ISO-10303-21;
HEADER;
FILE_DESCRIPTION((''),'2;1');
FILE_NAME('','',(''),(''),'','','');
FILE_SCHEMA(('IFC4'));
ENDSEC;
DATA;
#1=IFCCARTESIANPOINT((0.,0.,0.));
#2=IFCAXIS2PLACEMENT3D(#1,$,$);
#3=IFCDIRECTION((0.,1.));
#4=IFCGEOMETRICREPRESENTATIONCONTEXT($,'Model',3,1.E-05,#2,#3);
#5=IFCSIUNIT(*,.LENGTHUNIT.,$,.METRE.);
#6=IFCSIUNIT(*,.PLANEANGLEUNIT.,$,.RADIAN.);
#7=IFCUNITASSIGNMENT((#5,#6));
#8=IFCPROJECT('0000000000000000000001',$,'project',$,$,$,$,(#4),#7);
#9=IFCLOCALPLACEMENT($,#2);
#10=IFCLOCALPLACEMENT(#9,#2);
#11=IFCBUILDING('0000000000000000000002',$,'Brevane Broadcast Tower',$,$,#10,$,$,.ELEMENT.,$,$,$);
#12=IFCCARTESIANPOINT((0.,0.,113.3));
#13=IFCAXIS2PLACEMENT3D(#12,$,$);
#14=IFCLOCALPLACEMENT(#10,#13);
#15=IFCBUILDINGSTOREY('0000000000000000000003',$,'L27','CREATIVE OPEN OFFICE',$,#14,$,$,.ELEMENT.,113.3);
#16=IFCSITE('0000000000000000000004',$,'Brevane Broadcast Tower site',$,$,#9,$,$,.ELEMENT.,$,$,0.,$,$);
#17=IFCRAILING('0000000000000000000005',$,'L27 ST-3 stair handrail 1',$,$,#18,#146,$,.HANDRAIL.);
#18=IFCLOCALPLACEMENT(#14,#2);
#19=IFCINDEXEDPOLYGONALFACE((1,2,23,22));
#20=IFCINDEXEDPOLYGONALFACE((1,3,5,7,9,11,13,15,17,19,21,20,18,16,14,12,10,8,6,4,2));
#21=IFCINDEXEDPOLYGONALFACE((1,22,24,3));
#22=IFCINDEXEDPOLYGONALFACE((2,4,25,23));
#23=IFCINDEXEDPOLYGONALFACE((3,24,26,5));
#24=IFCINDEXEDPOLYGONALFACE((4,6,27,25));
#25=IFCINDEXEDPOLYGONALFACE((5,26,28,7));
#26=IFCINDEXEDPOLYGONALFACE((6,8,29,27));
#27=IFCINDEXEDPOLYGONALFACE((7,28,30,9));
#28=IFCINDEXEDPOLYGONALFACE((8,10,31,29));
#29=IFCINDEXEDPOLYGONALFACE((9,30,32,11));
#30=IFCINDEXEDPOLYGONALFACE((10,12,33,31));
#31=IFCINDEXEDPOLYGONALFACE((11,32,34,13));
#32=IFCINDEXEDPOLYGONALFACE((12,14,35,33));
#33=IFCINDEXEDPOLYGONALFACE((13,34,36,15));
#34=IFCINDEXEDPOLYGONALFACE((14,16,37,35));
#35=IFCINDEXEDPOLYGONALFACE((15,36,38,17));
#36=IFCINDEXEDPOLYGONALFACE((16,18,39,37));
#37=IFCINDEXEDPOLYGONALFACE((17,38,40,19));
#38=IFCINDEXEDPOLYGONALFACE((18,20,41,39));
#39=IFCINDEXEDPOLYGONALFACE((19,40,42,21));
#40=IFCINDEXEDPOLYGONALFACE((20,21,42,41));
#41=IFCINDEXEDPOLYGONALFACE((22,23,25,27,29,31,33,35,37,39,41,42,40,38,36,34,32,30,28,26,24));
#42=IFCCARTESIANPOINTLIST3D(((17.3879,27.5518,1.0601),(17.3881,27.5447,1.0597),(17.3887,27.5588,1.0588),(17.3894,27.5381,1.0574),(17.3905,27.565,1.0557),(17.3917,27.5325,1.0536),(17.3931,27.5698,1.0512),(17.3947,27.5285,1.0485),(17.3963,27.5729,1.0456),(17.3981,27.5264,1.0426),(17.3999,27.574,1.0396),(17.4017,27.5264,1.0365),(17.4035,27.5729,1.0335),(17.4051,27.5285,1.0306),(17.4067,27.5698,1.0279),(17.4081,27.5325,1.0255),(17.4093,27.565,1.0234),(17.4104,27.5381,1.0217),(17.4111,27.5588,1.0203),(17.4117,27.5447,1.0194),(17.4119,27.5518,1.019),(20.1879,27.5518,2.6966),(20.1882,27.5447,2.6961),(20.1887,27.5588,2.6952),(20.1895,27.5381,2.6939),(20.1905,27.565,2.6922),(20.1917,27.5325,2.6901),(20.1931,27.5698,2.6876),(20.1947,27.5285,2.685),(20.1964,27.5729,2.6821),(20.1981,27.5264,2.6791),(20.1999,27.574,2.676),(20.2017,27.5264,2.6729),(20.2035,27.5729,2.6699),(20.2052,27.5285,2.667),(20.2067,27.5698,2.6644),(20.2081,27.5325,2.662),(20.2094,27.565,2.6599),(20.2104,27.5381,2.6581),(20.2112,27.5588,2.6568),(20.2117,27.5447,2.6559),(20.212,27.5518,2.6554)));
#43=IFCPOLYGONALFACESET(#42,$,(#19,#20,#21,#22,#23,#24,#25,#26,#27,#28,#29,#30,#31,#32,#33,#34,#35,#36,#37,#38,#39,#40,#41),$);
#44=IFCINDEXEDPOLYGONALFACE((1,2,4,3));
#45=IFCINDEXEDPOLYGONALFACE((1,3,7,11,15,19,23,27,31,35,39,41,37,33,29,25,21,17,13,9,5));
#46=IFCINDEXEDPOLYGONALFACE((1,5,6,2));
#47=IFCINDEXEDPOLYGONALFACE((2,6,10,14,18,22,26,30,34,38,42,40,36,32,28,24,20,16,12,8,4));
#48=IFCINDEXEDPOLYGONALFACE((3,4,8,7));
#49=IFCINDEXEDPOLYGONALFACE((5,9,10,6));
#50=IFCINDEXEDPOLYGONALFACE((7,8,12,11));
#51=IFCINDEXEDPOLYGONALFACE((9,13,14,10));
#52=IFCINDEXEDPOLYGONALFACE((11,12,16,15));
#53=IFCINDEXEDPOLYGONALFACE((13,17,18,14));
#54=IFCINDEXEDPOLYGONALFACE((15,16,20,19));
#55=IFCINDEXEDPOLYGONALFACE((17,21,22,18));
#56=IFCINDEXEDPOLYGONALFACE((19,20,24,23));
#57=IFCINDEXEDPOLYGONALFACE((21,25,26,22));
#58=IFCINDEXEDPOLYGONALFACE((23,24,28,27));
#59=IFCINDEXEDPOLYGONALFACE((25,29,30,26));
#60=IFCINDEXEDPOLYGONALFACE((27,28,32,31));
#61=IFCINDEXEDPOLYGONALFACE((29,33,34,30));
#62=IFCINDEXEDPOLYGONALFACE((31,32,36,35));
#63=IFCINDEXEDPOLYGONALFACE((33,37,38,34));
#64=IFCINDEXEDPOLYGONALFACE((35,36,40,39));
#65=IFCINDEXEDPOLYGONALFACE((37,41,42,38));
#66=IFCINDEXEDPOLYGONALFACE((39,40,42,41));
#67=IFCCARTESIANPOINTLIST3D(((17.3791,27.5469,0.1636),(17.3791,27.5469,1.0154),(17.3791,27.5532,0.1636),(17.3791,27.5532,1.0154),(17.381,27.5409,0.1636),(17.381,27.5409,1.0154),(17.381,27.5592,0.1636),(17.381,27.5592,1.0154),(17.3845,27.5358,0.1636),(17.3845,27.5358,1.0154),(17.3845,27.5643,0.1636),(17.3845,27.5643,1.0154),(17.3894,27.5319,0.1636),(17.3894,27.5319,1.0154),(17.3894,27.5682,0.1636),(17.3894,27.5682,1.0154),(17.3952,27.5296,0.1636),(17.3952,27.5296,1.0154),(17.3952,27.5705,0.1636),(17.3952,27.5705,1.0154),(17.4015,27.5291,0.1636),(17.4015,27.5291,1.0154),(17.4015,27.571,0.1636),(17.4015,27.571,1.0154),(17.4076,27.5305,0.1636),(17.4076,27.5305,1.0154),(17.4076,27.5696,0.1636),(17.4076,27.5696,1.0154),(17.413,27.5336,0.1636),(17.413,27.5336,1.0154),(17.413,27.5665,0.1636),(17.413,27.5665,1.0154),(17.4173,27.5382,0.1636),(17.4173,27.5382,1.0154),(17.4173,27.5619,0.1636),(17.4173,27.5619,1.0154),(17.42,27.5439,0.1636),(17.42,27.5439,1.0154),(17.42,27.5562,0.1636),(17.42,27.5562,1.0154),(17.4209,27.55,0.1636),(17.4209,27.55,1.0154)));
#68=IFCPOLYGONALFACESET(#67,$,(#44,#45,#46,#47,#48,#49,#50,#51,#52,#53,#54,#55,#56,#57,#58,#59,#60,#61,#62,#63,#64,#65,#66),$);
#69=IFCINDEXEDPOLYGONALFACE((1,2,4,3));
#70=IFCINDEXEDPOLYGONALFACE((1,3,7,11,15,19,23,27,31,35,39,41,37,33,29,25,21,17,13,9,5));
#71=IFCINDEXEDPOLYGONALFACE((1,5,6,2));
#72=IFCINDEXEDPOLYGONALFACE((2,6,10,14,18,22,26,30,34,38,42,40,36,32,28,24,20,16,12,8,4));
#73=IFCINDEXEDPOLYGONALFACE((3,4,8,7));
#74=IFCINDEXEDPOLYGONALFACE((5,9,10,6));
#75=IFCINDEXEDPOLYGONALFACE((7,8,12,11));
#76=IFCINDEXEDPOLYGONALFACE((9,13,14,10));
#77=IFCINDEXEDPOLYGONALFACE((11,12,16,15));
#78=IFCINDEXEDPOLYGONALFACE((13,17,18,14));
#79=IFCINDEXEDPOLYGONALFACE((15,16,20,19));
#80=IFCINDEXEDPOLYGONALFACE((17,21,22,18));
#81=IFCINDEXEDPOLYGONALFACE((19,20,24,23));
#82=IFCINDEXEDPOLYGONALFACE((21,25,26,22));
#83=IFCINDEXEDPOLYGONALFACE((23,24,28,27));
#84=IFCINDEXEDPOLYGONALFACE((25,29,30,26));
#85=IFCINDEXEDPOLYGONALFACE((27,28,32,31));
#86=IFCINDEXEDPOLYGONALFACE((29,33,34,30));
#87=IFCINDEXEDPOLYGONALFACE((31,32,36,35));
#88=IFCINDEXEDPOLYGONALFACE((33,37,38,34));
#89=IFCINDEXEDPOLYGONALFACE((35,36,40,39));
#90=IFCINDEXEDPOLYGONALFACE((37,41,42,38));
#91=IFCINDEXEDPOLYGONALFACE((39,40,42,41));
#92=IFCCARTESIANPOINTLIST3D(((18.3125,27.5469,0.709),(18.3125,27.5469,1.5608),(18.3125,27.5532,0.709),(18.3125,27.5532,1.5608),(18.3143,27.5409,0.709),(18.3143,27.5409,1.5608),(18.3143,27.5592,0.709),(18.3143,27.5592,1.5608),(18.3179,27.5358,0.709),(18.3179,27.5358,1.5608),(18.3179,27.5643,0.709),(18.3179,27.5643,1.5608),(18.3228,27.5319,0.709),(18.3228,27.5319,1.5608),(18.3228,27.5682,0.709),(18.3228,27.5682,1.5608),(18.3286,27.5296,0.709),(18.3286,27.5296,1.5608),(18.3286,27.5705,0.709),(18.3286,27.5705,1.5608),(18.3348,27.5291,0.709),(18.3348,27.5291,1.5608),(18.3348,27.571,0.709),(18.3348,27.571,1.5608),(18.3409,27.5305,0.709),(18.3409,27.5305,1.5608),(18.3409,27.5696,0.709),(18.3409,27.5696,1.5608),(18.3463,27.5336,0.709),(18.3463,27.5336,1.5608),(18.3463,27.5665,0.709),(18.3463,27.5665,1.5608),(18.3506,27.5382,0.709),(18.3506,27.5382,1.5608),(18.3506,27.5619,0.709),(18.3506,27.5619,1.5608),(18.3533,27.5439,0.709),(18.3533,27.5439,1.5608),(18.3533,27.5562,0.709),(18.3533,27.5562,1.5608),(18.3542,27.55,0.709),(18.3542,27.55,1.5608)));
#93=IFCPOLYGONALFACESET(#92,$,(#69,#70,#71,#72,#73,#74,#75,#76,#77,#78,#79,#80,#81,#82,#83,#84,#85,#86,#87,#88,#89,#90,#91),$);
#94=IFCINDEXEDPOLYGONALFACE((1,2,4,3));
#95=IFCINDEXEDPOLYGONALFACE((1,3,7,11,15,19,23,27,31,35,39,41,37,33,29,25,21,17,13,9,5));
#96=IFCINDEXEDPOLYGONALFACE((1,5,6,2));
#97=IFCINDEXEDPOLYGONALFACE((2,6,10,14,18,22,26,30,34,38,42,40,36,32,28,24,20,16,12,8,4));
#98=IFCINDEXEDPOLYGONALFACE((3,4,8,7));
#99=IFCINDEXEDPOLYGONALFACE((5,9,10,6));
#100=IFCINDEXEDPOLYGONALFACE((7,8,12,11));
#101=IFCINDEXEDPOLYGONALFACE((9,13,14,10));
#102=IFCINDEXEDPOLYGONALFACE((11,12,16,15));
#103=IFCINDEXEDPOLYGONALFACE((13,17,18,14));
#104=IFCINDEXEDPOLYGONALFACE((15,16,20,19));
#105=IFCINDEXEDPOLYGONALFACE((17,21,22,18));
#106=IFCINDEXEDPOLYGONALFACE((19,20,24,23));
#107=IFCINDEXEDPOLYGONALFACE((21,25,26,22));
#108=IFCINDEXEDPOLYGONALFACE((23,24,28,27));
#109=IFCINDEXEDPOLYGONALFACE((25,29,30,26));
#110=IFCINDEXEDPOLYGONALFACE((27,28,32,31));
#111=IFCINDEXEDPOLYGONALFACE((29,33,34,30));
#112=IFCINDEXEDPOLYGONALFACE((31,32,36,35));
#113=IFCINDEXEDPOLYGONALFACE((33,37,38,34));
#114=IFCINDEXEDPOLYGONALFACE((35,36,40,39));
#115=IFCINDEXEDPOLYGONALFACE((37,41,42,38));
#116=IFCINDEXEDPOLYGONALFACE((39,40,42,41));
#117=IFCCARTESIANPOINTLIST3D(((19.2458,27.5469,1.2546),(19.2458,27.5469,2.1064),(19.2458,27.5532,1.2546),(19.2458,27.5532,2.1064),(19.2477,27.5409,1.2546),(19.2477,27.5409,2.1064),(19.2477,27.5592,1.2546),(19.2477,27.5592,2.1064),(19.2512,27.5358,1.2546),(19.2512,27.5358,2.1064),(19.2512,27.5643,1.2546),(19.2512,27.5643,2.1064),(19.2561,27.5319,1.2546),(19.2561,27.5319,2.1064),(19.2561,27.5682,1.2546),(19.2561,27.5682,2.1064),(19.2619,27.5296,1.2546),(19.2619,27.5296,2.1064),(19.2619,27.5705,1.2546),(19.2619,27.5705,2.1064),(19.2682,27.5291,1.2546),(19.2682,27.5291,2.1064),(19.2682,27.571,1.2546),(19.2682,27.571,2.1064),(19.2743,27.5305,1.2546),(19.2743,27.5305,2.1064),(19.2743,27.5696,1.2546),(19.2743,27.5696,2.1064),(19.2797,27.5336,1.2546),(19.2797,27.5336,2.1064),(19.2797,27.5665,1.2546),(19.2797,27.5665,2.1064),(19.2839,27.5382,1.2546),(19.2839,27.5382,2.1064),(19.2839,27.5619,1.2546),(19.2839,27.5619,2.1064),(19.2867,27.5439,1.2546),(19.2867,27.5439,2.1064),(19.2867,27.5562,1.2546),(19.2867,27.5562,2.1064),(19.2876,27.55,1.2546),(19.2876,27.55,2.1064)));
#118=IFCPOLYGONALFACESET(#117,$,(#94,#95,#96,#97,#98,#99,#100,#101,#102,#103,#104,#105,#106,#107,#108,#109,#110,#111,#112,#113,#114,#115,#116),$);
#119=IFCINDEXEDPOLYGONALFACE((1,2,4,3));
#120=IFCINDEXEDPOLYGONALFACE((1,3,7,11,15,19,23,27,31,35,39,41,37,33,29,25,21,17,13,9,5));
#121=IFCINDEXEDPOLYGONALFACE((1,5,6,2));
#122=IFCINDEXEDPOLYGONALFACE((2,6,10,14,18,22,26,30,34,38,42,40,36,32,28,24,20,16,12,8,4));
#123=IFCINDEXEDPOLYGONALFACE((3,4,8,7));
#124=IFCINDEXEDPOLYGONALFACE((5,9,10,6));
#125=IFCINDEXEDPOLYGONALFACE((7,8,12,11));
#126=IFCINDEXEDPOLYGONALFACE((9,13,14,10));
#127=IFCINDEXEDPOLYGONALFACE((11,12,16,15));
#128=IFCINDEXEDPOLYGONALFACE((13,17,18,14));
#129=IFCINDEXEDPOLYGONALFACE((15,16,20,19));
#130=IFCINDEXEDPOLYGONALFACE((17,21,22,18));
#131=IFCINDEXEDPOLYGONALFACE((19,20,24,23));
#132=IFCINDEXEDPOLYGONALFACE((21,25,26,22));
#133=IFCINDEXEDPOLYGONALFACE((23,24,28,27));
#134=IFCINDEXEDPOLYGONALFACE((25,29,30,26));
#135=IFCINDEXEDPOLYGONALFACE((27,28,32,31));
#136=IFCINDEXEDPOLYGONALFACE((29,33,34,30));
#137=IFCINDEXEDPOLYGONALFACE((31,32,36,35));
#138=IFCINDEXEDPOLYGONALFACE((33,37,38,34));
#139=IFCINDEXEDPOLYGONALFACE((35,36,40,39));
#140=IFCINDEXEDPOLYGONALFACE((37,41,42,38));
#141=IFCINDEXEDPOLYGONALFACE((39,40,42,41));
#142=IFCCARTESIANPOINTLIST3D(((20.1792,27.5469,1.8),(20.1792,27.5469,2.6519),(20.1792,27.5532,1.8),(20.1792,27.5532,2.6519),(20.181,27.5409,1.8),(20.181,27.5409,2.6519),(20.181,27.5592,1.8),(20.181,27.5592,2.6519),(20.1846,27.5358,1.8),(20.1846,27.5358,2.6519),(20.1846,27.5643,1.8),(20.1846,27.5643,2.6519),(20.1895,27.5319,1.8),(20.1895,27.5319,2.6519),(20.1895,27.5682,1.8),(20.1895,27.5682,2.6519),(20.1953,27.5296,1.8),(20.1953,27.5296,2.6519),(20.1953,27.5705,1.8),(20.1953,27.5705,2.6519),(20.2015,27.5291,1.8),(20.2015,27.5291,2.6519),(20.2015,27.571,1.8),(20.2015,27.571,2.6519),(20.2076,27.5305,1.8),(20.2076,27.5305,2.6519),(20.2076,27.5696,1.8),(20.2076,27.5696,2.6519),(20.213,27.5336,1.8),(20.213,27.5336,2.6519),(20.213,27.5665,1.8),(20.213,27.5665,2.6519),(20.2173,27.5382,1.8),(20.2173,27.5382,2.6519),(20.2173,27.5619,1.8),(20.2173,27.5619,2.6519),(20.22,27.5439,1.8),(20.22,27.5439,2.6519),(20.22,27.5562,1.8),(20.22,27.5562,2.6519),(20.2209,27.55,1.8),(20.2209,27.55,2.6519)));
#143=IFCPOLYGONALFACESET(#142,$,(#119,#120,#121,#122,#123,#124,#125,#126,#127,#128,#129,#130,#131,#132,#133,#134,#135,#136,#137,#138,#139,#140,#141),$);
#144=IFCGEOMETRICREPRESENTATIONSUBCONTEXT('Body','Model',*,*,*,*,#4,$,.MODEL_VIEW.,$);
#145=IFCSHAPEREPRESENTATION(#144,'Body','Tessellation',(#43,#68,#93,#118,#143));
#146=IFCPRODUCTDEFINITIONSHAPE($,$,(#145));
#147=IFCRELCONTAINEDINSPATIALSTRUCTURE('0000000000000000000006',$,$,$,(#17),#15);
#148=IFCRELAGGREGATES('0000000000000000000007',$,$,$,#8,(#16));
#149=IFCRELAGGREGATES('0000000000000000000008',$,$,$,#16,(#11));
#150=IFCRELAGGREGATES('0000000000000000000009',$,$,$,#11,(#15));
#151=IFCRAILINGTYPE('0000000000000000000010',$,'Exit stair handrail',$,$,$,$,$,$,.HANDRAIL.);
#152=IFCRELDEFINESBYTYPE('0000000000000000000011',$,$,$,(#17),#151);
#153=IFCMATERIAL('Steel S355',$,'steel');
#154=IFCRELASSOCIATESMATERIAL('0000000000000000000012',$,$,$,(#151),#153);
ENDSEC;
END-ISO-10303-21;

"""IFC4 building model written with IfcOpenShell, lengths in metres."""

from ifc_helpers import new_model, si_unit, direction, frame, origin, origin_2d, place, context, subcontext, project, spatial, circle, extrude, material, type_object, element, save


model = new_model("IFC4")

# Units and contexts
model_context = context("Model", 3, precision=1e-05, world=origin(), true_north=direction((0.0, 1.0)))
body_context = subcontext(model_context, "Body", "Model", "MODEL_VIEW")
ifc_project = project(units=[si_unit("LENGTHUNIT", "METRE"), si_unit("PLANEANGLEUNIT", "RADIAN")], contexts=[model_context])

# Site, building, storey
site_placement = place(None, origin())
site = spatial("IfcSite", under=ifc_project, at=site_placement, Name="Brevane Broadcast Tower site", CompositionType="ELEMENT", RefElevation=0.0)
building_placement = place(site_placement, origin())
building = spatial("IfcBuilding", under=site, at=building_placement, Name="Brevane Broadcast Tower", CompositionType="ELEMENT")
storey_placement = place(building_placement, frame((0.0, 0.0, 113.3)))
storey = spatial("IfcBuildingStorey", under=building, at=storey_placement, Name="L27", Description="CREATIVE OPEN OFFICE", CompositionType="ELEMENT", Elevation=113.3)

# Railing
ifc_material_1 = material(Name="Steel S355", Category="steel")
railing_type_1 = type_object("IfcRailingType", Name="Exit stair handrail", PredefinedType="HANDRAIL", material=ifc_material_1)
railing_1_placement = place(storey_placement, frame((17.3999, 27.55, 0.1636)))
element("IfcRailing", 1, at=railing_1_placement, inside=storey, type_object=railing_type_1, Name="L27 ST-3 stair handrail 1", PredefinedType="HANDRAIL", context=body_context, shape_type="SweptSolid", body=[
    extrude(circle(Radius=0.0239, at=origin_2d()), frame((0.0, 0.0, 0.876), z_axis=(0.863361, 0.0, 0.504587), x_axis=(0.0, 1.0, 0.0)), (0.0, 0.0, 1.0), 3.2432),
    extrude(circle(Radius=0.021, at=origin_2d()), origin(), (0.0, 0.0, 1.0), 0.8518),
    extrude(circle(Radius=0.021, at=origin_2d()), frame((0.9333, 0.0, 0.5454)), (0.0, 0.0, 1.0), 0.8518),
    extrude(circle(Radius=0.021, at=origin_2d()), frame((1.8667, 0.0, 1.0911)), (0.0, 0.0, 1.0), 0.8518),
    extrude(circle(Radius=0.021, at=origin_2d()), frame((2.8, 0.0, 1.6365)), (0.0, 0.0, 1.0), 0.8518),
])

save(model, "model.ifc")
